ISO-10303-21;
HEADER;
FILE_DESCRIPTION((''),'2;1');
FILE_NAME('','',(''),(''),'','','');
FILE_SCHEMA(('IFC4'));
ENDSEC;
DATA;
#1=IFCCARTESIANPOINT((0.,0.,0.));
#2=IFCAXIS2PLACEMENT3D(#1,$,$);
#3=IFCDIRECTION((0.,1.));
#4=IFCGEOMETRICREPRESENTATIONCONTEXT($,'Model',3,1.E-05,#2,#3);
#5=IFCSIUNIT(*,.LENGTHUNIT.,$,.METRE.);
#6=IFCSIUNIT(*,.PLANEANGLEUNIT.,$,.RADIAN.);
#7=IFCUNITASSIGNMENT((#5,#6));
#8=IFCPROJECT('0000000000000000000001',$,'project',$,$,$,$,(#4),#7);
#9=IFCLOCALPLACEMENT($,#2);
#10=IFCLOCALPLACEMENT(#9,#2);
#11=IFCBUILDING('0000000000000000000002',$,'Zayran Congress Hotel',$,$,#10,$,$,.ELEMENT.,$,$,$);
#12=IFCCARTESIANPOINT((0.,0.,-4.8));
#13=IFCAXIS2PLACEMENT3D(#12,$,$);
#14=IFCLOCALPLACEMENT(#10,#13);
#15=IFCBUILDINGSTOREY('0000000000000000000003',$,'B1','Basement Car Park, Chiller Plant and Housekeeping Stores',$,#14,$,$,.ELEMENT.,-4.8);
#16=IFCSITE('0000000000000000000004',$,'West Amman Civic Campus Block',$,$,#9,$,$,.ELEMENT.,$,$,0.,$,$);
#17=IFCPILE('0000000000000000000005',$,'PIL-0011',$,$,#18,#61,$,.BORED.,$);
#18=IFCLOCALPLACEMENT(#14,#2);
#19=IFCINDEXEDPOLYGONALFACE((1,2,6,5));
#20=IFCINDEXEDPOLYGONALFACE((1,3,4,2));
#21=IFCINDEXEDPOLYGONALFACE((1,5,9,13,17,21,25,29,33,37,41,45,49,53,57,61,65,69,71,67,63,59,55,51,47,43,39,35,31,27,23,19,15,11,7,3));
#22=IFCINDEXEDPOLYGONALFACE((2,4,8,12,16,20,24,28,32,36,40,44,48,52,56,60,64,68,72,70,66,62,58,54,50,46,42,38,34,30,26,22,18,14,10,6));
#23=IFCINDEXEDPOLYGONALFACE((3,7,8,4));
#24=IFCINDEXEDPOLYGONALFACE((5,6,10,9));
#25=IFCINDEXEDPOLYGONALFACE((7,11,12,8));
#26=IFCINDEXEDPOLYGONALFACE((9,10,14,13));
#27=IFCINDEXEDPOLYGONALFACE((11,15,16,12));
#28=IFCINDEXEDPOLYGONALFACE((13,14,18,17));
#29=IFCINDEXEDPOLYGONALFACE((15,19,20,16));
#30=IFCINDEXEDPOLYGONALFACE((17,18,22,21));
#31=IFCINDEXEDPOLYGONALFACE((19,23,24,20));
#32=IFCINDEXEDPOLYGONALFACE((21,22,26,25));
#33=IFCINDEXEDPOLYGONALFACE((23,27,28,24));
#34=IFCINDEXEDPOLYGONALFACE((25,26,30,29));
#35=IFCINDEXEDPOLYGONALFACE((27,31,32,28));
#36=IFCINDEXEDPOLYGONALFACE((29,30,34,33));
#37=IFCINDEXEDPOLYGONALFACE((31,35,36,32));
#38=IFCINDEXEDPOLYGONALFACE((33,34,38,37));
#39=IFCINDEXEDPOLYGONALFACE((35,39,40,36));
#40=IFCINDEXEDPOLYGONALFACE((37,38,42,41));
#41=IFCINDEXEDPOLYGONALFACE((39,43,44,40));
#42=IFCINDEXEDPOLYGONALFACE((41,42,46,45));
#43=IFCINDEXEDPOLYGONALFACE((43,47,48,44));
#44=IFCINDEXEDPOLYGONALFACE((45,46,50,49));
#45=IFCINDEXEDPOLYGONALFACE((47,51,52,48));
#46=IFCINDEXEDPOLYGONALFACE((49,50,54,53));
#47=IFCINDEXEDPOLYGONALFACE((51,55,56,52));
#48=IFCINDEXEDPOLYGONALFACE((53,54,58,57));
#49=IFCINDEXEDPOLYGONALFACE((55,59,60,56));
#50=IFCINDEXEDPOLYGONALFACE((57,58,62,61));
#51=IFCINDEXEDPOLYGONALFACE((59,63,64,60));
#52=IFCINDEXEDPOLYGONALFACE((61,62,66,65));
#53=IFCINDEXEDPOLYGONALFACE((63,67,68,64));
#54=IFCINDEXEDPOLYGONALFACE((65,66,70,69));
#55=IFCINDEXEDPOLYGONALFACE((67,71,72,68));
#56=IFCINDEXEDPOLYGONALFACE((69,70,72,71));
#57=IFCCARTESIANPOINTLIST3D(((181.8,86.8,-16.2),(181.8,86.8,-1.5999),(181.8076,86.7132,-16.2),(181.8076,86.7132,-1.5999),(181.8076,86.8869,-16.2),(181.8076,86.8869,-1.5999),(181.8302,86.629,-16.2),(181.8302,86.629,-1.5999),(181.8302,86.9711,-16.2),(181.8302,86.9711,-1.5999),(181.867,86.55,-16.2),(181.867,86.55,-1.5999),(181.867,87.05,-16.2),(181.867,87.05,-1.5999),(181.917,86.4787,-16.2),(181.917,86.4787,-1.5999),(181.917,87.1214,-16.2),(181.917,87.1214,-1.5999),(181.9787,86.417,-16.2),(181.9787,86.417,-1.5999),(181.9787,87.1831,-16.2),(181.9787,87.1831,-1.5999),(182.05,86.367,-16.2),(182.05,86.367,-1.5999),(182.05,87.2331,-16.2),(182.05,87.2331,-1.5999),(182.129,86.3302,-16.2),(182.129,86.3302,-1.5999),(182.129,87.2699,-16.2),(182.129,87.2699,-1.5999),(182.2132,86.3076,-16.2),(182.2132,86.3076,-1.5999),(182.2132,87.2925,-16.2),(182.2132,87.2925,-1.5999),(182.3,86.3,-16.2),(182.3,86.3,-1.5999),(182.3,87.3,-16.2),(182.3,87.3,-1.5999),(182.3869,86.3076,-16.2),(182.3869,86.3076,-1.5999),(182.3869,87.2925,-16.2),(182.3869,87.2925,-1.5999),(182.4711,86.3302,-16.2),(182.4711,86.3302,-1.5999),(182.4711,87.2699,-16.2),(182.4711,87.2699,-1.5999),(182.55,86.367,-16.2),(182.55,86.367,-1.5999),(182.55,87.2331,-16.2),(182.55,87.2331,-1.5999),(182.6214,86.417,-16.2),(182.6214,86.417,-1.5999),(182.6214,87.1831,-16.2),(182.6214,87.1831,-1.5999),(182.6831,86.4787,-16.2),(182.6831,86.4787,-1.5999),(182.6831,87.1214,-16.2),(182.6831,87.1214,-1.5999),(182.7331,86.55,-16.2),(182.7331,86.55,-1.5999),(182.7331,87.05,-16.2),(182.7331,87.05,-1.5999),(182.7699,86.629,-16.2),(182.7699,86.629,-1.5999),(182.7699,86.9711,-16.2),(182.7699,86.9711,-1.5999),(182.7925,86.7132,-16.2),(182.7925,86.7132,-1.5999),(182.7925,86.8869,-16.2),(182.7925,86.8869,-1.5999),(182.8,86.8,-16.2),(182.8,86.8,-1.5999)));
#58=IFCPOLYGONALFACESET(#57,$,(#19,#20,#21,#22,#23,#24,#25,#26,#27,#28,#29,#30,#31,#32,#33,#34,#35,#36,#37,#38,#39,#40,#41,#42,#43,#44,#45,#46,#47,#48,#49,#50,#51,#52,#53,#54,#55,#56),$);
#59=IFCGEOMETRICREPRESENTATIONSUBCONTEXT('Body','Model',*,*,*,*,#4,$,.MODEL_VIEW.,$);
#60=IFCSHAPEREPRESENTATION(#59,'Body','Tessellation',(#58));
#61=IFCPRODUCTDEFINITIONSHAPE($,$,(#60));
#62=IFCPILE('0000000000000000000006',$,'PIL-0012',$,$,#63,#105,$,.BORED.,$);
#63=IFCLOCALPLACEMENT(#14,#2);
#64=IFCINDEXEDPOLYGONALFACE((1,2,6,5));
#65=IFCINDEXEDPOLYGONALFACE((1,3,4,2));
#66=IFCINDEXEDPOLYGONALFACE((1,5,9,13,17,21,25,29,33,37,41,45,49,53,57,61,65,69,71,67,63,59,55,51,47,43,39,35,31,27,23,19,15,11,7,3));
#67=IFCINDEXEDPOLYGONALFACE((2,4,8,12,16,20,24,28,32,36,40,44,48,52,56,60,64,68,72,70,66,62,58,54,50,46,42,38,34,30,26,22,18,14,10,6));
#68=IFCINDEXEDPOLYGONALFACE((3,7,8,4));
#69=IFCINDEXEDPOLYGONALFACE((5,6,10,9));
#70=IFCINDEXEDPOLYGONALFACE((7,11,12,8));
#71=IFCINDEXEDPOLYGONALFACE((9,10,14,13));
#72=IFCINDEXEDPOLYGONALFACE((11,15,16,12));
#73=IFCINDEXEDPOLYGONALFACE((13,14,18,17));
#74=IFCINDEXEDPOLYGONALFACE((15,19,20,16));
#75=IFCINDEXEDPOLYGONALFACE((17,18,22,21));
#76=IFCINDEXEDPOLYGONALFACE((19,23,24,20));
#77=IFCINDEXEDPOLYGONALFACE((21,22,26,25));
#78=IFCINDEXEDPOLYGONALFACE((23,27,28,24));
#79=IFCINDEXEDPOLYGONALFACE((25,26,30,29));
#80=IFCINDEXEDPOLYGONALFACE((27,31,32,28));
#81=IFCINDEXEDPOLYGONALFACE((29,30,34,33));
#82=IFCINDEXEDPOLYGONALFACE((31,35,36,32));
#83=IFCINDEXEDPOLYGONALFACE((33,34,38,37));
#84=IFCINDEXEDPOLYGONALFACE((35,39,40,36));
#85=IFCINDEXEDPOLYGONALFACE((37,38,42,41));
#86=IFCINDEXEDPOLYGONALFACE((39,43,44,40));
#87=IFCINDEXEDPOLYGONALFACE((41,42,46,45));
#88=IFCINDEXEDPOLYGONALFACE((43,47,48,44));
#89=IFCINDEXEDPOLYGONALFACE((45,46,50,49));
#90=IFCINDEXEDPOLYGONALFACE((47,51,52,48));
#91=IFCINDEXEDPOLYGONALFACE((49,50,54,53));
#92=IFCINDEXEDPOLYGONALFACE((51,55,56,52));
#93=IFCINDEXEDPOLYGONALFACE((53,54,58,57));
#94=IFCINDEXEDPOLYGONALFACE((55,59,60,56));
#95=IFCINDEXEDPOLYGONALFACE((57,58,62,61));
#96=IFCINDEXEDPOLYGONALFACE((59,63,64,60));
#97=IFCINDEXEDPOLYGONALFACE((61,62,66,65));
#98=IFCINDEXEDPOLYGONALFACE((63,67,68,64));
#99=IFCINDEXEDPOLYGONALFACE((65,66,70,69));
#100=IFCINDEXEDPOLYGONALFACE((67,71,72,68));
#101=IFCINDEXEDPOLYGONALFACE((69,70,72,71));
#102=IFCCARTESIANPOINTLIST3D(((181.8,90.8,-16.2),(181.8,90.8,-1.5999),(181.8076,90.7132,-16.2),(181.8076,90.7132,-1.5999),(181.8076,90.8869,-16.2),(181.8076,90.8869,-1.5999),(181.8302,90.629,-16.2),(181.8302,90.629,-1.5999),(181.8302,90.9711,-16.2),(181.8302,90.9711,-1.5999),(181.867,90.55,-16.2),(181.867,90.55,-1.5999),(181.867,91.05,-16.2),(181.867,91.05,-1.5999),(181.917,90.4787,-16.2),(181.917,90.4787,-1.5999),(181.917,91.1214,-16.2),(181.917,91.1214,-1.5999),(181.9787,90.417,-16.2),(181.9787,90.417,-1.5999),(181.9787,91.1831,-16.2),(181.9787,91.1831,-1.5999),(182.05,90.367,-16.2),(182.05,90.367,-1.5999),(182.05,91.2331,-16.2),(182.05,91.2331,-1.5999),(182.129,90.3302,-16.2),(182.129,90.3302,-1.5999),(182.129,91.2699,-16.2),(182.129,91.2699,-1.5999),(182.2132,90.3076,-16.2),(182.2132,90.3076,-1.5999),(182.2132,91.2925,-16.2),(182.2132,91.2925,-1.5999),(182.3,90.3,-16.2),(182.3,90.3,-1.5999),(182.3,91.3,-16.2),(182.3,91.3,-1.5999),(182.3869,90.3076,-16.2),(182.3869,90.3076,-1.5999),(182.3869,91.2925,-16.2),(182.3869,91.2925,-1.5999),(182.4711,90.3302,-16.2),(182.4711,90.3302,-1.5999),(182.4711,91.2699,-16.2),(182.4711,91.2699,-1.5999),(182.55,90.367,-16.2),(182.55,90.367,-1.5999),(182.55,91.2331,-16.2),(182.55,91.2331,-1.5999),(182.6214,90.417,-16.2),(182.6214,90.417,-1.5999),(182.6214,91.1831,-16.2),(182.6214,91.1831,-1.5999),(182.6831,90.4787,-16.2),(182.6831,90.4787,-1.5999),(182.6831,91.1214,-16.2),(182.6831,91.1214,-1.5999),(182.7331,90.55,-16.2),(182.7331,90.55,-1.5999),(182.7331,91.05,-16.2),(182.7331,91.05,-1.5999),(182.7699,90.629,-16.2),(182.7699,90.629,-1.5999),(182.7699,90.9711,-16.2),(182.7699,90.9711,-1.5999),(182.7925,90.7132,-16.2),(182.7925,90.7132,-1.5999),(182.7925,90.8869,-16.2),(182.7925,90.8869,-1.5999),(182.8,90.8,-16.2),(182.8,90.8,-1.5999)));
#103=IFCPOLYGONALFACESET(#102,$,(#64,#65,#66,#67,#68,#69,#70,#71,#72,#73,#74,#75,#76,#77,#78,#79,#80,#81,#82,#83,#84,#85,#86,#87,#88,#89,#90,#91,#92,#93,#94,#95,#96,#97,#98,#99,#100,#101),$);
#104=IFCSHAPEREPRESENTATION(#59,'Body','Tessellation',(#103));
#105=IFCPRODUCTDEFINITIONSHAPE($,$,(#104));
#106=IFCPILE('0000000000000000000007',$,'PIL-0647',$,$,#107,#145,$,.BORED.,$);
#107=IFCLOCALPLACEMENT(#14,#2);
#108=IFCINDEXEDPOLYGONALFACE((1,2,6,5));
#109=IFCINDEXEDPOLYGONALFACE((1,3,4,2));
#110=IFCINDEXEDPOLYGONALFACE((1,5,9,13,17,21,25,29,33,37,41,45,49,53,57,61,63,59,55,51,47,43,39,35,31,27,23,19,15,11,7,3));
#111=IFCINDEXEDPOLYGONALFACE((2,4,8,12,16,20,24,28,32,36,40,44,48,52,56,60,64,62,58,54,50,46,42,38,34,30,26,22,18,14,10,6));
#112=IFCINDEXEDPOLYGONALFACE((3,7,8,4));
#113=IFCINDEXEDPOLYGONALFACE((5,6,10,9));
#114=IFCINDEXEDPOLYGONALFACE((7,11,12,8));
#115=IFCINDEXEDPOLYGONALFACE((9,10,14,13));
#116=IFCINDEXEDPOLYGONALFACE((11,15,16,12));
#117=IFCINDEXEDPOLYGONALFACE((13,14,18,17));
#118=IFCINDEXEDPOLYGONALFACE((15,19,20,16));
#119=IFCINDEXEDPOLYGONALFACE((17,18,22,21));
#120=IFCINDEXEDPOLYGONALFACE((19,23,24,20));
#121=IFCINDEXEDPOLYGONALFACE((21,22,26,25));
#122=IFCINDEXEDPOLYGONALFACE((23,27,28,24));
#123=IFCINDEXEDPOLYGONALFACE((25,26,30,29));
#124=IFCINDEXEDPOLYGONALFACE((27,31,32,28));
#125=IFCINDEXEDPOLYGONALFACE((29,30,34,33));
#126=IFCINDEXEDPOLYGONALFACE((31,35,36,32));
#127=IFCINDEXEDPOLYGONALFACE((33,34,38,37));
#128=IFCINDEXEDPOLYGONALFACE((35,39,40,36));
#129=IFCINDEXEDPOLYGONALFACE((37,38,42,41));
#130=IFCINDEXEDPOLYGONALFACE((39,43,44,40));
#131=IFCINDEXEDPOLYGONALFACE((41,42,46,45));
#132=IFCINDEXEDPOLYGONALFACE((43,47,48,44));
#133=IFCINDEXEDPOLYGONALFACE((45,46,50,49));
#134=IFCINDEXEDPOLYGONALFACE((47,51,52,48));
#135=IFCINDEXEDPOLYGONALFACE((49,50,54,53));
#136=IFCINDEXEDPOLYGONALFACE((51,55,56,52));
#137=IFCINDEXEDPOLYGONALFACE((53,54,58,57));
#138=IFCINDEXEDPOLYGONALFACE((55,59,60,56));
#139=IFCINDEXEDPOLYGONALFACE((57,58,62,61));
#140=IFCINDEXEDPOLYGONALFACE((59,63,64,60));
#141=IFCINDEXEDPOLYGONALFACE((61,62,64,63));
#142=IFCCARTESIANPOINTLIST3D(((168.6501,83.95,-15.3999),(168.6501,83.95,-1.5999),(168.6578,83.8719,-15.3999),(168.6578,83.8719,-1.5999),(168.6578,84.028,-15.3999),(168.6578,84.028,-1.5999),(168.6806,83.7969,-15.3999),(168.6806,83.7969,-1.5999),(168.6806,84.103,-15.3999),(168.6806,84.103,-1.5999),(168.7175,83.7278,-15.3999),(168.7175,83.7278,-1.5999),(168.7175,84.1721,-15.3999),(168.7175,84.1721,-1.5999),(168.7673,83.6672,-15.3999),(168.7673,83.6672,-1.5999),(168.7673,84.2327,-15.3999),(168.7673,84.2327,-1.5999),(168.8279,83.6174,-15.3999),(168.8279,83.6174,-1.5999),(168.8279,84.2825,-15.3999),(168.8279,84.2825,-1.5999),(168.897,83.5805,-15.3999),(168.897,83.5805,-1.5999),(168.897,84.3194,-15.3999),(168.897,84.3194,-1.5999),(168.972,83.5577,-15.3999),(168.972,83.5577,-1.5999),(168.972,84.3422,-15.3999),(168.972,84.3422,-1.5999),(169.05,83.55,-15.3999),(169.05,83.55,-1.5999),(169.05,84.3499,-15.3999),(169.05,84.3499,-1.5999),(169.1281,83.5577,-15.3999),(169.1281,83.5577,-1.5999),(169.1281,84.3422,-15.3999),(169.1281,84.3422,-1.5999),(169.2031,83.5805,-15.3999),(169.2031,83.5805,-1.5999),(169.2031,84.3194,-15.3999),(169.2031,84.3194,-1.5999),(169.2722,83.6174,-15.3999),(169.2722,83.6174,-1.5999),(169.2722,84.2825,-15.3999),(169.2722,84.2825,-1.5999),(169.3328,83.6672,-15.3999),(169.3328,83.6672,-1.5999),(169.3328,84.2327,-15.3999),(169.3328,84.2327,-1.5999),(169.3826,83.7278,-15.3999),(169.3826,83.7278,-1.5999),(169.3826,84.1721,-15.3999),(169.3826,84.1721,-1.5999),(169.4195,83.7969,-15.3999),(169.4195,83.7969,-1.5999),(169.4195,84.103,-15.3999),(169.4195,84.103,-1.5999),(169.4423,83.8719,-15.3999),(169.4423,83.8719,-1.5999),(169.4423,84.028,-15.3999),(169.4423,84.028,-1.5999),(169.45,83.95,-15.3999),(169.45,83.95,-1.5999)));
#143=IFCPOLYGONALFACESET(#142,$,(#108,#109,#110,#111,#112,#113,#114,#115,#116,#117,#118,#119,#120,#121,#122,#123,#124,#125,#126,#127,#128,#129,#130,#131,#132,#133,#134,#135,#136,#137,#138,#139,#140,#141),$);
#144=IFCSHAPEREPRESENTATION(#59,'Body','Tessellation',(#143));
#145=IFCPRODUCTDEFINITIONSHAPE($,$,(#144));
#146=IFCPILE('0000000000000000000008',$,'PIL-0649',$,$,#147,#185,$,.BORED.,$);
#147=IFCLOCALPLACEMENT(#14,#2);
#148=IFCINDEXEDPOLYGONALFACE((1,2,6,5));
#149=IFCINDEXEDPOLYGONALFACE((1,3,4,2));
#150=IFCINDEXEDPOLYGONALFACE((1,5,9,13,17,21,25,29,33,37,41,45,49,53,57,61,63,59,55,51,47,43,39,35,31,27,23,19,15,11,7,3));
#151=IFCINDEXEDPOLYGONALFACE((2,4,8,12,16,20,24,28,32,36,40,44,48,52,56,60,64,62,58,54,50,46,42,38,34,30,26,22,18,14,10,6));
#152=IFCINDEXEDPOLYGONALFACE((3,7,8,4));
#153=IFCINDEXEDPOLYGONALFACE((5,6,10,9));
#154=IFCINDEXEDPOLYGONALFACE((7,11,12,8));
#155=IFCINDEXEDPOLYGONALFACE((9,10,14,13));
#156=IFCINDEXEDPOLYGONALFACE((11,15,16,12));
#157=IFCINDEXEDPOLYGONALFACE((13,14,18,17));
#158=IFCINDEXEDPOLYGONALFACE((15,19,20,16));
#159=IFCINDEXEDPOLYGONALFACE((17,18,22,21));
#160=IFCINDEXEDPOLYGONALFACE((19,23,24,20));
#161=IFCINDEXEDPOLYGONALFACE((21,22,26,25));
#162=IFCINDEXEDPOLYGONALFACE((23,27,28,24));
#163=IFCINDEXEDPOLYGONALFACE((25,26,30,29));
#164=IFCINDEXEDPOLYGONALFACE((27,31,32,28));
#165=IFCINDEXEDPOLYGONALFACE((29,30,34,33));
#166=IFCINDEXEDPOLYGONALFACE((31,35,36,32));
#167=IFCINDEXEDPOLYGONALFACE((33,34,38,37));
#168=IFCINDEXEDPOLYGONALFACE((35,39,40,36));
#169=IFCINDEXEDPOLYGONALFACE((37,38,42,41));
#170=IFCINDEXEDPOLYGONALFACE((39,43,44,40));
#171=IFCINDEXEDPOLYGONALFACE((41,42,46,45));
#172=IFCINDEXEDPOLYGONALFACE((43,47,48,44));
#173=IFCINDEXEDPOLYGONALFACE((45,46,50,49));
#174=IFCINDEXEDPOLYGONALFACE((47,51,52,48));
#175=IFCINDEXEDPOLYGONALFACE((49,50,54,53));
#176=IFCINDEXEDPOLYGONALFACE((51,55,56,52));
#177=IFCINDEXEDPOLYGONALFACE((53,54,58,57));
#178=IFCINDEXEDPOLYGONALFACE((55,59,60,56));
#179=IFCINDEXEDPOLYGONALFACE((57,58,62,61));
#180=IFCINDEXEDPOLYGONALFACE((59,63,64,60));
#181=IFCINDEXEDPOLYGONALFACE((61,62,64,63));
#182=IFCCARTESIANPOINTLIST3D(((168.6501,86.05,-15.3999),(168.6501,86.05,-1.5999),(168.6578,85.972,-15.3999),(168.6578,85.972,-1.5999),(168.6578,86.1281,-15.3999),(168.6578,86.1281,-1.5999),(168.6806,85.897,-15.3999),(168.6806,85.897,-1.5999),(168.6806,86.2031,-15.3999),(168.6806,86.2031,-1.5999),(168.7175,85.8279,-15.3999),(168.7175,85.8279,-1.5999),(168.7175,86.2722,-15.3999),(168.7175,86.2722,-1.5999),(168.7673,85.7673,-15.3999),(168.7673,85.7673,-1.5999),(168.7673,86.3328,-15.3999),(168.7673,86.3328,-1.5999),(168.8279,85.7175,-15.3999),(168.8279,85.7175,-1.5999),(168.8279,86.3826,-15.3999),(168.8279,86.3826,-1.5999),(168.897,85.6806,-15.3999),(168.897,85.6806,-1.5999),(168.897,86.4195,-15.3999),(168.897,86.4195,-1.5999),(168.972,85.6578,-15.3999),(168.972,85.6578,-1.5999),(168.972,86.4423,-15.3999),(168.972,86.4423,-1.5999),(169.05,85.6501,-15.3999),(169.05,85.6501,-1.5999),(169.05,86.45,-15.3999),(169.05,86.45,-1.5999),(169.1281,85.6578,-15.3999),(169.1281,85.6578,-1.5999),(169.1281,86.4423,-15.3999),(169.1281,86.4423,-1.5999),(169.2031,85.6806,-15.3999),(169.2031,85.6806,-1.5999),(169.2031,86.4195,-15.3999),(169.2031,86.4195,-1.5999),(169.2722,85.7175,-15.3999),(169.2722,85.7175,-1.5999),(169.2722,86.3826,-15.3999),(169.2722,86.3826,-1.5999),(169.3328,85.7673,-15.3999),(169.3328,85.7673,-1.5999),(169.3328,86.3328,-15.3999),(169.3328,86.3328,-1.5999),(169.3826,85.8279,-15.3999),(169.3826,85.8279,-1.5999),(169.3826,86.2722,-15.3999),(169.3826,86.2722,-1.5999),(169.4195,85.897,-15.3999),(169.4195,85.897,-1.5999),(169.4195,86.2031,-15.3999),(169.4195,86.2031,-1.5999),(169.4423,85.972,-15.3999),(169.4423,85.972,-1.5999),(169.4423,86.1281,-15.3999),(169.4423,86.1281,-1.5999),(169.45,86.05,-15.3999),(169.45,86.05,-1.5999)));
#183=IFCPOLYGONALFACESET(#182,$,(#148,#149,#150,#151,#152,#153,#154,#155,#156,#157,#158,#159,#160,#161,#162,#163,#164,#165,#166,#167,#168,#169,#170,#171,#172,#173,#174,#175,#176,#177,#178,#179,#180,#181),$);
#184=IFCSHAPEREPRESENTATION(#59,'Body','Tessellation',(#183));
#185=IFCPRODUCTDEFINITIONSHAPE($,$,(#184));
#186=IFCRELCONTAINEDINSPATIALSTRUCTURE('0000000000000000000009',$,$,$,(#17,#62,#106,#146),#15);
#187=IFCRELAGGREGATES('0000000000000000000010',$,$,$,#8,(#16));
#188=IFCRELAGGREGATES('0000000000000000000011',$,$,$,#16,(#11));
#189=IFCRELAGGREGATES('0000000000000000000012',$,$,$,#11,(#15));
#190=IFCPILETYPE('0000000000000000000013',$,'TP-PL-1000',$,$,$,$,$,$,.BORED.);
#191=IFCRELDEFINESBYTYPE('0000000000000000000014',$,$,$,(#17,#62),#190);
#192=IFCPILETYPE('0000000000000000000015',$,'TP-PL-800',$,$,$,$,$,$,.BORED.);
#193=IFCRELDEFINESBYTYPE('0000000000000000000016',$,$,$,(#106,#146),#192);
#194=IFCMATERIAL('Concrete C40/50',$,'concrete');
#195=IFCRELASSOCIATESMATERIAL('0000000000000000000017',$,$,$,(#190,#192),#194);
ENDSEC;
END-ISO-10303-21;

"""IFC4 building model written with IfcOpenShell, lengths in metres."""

from ifc_helpers import new_model, si_unit, direction, frame, origin, origin_2d, place, context, subcontext, project, spatial, circle, extrude, material, material_profile, profile_set, type_object, element, save


model = new_model("IFC4")

# Units and contexts
model_context = context("Model", 3, precision=1e-05, world=origin(), true_north=direction((0.0, 1.0)))
body_context = subcontext(model_context, "Body", "Model", "MODEL_VIEW")
ifc_project = project(units=[si_unit("LENGTHUNIT", "METRE"), si_unit("PLANEANGLEUNIT", "RADIAN")], contexts=[model_context])

# Site, building, storey
site_placement = place(None, origin())
site = spatial("IfcSite", under=ifc_project, at=site_placement, Name="West Amman Civic Campus Block", CompositionType="ELEMENT", RefElevation=0.0)
building_placement = place(site_placement, origin())
building = spatial("IfcBuilding", under=site, at=building_placement, Name="Zayran Congress Hotel", CompositionType="ELEMENT")
storey_placement = place(building_placement, frame((0.0, 0.0, -4.8)))
storey = spatial("IfcBuildingStorey", under=building, at=storey_placement, Name="B1", Description="Basement Car Park, Chiller Plant and Housekeeping Stores", CompositionType="ELEMENT", Elevation=-4.8)

# Piles
ifc_material_1 = material(Name="Concrete C40/50", Category="concrete")
ifc_material_profile_1 = material_profile(ifc_material_1, circle(Radius=0.5, at=origin_2d()), Name="PILE D1000")
ifc_profile_set_1 = profile_set([ifc_material_profile_1], Name="Concrete C40/50")
pile_type_1 = type_object("IfcPileType", Name="TP-PL-1000", PredefinedType="BORED", material=ifc_profile_set_1)
for number, where, z_axis, x_axis, name in (
    (1, (182.3, 86.8, -1.5999), (0.0, 0.0, -1.0), (1.0, 0.0, 0.0), "PIL-0011"),
    (2, (182.3, 90.8, -1.5999), (0.0, 0.0, -1.0), (1.0, 0.0, 0.0), "PIL-0012"),
):
    element("IfcPile", number, at=place(storey_placement, frame(where, z_axis=z_axis, x_axis=x_axis)), inside=storey, type_object=pile_type_1, Name=name, PredefinedType="BORED", context=body_context, shape_type="SweptSolid", body=[
        extrude(circle(Radius=0.5, at=origin_2d()), origin(), (0.0, 0.0, 1.0), 14.6001),
    ])
ifc_material_profile_2 = material_profile(ifc_material_1, circle(Radius=0.3999, at=origin_2d()), Name="PILE D800")
ifc_profile_set_2 = profile_set([ifc_material_profile_2], Name="Concrete C40/50")
pile_type_2 = type_object("IfcPileType", Name="TP-PL-800", PredefinedType="BORED", material=ifc_profile_set_2)
for number, where, z_axis, x_axis, name in (
    (3, (169.05, 83.95, -1.5999), (0.0, 0.0, -1.0), (1.0, 0.0, 0.0), "PIL-0647"),
    (4, (169.05, 86.05, -1.5999), (0.0, 0.0, -1.0), (1.0, 0.0, 0.0), "PIL-0649"),
):
    element("IfcPile", number, at=place(storey_placement, frame(where, z_axis=z_axis, x_axis=x_axis)), inside=storey, type_object=pile_type_2, Name=name, PredefinedType="BORED", context=body_context, shape_type="SweptSolid", body=[
        extrude(circle(Radius=0.3999, at=origin_2d()), origin(), (0.0, 0.0, 1.0), 13.8),
    ])

save(model, "model.ifc")
